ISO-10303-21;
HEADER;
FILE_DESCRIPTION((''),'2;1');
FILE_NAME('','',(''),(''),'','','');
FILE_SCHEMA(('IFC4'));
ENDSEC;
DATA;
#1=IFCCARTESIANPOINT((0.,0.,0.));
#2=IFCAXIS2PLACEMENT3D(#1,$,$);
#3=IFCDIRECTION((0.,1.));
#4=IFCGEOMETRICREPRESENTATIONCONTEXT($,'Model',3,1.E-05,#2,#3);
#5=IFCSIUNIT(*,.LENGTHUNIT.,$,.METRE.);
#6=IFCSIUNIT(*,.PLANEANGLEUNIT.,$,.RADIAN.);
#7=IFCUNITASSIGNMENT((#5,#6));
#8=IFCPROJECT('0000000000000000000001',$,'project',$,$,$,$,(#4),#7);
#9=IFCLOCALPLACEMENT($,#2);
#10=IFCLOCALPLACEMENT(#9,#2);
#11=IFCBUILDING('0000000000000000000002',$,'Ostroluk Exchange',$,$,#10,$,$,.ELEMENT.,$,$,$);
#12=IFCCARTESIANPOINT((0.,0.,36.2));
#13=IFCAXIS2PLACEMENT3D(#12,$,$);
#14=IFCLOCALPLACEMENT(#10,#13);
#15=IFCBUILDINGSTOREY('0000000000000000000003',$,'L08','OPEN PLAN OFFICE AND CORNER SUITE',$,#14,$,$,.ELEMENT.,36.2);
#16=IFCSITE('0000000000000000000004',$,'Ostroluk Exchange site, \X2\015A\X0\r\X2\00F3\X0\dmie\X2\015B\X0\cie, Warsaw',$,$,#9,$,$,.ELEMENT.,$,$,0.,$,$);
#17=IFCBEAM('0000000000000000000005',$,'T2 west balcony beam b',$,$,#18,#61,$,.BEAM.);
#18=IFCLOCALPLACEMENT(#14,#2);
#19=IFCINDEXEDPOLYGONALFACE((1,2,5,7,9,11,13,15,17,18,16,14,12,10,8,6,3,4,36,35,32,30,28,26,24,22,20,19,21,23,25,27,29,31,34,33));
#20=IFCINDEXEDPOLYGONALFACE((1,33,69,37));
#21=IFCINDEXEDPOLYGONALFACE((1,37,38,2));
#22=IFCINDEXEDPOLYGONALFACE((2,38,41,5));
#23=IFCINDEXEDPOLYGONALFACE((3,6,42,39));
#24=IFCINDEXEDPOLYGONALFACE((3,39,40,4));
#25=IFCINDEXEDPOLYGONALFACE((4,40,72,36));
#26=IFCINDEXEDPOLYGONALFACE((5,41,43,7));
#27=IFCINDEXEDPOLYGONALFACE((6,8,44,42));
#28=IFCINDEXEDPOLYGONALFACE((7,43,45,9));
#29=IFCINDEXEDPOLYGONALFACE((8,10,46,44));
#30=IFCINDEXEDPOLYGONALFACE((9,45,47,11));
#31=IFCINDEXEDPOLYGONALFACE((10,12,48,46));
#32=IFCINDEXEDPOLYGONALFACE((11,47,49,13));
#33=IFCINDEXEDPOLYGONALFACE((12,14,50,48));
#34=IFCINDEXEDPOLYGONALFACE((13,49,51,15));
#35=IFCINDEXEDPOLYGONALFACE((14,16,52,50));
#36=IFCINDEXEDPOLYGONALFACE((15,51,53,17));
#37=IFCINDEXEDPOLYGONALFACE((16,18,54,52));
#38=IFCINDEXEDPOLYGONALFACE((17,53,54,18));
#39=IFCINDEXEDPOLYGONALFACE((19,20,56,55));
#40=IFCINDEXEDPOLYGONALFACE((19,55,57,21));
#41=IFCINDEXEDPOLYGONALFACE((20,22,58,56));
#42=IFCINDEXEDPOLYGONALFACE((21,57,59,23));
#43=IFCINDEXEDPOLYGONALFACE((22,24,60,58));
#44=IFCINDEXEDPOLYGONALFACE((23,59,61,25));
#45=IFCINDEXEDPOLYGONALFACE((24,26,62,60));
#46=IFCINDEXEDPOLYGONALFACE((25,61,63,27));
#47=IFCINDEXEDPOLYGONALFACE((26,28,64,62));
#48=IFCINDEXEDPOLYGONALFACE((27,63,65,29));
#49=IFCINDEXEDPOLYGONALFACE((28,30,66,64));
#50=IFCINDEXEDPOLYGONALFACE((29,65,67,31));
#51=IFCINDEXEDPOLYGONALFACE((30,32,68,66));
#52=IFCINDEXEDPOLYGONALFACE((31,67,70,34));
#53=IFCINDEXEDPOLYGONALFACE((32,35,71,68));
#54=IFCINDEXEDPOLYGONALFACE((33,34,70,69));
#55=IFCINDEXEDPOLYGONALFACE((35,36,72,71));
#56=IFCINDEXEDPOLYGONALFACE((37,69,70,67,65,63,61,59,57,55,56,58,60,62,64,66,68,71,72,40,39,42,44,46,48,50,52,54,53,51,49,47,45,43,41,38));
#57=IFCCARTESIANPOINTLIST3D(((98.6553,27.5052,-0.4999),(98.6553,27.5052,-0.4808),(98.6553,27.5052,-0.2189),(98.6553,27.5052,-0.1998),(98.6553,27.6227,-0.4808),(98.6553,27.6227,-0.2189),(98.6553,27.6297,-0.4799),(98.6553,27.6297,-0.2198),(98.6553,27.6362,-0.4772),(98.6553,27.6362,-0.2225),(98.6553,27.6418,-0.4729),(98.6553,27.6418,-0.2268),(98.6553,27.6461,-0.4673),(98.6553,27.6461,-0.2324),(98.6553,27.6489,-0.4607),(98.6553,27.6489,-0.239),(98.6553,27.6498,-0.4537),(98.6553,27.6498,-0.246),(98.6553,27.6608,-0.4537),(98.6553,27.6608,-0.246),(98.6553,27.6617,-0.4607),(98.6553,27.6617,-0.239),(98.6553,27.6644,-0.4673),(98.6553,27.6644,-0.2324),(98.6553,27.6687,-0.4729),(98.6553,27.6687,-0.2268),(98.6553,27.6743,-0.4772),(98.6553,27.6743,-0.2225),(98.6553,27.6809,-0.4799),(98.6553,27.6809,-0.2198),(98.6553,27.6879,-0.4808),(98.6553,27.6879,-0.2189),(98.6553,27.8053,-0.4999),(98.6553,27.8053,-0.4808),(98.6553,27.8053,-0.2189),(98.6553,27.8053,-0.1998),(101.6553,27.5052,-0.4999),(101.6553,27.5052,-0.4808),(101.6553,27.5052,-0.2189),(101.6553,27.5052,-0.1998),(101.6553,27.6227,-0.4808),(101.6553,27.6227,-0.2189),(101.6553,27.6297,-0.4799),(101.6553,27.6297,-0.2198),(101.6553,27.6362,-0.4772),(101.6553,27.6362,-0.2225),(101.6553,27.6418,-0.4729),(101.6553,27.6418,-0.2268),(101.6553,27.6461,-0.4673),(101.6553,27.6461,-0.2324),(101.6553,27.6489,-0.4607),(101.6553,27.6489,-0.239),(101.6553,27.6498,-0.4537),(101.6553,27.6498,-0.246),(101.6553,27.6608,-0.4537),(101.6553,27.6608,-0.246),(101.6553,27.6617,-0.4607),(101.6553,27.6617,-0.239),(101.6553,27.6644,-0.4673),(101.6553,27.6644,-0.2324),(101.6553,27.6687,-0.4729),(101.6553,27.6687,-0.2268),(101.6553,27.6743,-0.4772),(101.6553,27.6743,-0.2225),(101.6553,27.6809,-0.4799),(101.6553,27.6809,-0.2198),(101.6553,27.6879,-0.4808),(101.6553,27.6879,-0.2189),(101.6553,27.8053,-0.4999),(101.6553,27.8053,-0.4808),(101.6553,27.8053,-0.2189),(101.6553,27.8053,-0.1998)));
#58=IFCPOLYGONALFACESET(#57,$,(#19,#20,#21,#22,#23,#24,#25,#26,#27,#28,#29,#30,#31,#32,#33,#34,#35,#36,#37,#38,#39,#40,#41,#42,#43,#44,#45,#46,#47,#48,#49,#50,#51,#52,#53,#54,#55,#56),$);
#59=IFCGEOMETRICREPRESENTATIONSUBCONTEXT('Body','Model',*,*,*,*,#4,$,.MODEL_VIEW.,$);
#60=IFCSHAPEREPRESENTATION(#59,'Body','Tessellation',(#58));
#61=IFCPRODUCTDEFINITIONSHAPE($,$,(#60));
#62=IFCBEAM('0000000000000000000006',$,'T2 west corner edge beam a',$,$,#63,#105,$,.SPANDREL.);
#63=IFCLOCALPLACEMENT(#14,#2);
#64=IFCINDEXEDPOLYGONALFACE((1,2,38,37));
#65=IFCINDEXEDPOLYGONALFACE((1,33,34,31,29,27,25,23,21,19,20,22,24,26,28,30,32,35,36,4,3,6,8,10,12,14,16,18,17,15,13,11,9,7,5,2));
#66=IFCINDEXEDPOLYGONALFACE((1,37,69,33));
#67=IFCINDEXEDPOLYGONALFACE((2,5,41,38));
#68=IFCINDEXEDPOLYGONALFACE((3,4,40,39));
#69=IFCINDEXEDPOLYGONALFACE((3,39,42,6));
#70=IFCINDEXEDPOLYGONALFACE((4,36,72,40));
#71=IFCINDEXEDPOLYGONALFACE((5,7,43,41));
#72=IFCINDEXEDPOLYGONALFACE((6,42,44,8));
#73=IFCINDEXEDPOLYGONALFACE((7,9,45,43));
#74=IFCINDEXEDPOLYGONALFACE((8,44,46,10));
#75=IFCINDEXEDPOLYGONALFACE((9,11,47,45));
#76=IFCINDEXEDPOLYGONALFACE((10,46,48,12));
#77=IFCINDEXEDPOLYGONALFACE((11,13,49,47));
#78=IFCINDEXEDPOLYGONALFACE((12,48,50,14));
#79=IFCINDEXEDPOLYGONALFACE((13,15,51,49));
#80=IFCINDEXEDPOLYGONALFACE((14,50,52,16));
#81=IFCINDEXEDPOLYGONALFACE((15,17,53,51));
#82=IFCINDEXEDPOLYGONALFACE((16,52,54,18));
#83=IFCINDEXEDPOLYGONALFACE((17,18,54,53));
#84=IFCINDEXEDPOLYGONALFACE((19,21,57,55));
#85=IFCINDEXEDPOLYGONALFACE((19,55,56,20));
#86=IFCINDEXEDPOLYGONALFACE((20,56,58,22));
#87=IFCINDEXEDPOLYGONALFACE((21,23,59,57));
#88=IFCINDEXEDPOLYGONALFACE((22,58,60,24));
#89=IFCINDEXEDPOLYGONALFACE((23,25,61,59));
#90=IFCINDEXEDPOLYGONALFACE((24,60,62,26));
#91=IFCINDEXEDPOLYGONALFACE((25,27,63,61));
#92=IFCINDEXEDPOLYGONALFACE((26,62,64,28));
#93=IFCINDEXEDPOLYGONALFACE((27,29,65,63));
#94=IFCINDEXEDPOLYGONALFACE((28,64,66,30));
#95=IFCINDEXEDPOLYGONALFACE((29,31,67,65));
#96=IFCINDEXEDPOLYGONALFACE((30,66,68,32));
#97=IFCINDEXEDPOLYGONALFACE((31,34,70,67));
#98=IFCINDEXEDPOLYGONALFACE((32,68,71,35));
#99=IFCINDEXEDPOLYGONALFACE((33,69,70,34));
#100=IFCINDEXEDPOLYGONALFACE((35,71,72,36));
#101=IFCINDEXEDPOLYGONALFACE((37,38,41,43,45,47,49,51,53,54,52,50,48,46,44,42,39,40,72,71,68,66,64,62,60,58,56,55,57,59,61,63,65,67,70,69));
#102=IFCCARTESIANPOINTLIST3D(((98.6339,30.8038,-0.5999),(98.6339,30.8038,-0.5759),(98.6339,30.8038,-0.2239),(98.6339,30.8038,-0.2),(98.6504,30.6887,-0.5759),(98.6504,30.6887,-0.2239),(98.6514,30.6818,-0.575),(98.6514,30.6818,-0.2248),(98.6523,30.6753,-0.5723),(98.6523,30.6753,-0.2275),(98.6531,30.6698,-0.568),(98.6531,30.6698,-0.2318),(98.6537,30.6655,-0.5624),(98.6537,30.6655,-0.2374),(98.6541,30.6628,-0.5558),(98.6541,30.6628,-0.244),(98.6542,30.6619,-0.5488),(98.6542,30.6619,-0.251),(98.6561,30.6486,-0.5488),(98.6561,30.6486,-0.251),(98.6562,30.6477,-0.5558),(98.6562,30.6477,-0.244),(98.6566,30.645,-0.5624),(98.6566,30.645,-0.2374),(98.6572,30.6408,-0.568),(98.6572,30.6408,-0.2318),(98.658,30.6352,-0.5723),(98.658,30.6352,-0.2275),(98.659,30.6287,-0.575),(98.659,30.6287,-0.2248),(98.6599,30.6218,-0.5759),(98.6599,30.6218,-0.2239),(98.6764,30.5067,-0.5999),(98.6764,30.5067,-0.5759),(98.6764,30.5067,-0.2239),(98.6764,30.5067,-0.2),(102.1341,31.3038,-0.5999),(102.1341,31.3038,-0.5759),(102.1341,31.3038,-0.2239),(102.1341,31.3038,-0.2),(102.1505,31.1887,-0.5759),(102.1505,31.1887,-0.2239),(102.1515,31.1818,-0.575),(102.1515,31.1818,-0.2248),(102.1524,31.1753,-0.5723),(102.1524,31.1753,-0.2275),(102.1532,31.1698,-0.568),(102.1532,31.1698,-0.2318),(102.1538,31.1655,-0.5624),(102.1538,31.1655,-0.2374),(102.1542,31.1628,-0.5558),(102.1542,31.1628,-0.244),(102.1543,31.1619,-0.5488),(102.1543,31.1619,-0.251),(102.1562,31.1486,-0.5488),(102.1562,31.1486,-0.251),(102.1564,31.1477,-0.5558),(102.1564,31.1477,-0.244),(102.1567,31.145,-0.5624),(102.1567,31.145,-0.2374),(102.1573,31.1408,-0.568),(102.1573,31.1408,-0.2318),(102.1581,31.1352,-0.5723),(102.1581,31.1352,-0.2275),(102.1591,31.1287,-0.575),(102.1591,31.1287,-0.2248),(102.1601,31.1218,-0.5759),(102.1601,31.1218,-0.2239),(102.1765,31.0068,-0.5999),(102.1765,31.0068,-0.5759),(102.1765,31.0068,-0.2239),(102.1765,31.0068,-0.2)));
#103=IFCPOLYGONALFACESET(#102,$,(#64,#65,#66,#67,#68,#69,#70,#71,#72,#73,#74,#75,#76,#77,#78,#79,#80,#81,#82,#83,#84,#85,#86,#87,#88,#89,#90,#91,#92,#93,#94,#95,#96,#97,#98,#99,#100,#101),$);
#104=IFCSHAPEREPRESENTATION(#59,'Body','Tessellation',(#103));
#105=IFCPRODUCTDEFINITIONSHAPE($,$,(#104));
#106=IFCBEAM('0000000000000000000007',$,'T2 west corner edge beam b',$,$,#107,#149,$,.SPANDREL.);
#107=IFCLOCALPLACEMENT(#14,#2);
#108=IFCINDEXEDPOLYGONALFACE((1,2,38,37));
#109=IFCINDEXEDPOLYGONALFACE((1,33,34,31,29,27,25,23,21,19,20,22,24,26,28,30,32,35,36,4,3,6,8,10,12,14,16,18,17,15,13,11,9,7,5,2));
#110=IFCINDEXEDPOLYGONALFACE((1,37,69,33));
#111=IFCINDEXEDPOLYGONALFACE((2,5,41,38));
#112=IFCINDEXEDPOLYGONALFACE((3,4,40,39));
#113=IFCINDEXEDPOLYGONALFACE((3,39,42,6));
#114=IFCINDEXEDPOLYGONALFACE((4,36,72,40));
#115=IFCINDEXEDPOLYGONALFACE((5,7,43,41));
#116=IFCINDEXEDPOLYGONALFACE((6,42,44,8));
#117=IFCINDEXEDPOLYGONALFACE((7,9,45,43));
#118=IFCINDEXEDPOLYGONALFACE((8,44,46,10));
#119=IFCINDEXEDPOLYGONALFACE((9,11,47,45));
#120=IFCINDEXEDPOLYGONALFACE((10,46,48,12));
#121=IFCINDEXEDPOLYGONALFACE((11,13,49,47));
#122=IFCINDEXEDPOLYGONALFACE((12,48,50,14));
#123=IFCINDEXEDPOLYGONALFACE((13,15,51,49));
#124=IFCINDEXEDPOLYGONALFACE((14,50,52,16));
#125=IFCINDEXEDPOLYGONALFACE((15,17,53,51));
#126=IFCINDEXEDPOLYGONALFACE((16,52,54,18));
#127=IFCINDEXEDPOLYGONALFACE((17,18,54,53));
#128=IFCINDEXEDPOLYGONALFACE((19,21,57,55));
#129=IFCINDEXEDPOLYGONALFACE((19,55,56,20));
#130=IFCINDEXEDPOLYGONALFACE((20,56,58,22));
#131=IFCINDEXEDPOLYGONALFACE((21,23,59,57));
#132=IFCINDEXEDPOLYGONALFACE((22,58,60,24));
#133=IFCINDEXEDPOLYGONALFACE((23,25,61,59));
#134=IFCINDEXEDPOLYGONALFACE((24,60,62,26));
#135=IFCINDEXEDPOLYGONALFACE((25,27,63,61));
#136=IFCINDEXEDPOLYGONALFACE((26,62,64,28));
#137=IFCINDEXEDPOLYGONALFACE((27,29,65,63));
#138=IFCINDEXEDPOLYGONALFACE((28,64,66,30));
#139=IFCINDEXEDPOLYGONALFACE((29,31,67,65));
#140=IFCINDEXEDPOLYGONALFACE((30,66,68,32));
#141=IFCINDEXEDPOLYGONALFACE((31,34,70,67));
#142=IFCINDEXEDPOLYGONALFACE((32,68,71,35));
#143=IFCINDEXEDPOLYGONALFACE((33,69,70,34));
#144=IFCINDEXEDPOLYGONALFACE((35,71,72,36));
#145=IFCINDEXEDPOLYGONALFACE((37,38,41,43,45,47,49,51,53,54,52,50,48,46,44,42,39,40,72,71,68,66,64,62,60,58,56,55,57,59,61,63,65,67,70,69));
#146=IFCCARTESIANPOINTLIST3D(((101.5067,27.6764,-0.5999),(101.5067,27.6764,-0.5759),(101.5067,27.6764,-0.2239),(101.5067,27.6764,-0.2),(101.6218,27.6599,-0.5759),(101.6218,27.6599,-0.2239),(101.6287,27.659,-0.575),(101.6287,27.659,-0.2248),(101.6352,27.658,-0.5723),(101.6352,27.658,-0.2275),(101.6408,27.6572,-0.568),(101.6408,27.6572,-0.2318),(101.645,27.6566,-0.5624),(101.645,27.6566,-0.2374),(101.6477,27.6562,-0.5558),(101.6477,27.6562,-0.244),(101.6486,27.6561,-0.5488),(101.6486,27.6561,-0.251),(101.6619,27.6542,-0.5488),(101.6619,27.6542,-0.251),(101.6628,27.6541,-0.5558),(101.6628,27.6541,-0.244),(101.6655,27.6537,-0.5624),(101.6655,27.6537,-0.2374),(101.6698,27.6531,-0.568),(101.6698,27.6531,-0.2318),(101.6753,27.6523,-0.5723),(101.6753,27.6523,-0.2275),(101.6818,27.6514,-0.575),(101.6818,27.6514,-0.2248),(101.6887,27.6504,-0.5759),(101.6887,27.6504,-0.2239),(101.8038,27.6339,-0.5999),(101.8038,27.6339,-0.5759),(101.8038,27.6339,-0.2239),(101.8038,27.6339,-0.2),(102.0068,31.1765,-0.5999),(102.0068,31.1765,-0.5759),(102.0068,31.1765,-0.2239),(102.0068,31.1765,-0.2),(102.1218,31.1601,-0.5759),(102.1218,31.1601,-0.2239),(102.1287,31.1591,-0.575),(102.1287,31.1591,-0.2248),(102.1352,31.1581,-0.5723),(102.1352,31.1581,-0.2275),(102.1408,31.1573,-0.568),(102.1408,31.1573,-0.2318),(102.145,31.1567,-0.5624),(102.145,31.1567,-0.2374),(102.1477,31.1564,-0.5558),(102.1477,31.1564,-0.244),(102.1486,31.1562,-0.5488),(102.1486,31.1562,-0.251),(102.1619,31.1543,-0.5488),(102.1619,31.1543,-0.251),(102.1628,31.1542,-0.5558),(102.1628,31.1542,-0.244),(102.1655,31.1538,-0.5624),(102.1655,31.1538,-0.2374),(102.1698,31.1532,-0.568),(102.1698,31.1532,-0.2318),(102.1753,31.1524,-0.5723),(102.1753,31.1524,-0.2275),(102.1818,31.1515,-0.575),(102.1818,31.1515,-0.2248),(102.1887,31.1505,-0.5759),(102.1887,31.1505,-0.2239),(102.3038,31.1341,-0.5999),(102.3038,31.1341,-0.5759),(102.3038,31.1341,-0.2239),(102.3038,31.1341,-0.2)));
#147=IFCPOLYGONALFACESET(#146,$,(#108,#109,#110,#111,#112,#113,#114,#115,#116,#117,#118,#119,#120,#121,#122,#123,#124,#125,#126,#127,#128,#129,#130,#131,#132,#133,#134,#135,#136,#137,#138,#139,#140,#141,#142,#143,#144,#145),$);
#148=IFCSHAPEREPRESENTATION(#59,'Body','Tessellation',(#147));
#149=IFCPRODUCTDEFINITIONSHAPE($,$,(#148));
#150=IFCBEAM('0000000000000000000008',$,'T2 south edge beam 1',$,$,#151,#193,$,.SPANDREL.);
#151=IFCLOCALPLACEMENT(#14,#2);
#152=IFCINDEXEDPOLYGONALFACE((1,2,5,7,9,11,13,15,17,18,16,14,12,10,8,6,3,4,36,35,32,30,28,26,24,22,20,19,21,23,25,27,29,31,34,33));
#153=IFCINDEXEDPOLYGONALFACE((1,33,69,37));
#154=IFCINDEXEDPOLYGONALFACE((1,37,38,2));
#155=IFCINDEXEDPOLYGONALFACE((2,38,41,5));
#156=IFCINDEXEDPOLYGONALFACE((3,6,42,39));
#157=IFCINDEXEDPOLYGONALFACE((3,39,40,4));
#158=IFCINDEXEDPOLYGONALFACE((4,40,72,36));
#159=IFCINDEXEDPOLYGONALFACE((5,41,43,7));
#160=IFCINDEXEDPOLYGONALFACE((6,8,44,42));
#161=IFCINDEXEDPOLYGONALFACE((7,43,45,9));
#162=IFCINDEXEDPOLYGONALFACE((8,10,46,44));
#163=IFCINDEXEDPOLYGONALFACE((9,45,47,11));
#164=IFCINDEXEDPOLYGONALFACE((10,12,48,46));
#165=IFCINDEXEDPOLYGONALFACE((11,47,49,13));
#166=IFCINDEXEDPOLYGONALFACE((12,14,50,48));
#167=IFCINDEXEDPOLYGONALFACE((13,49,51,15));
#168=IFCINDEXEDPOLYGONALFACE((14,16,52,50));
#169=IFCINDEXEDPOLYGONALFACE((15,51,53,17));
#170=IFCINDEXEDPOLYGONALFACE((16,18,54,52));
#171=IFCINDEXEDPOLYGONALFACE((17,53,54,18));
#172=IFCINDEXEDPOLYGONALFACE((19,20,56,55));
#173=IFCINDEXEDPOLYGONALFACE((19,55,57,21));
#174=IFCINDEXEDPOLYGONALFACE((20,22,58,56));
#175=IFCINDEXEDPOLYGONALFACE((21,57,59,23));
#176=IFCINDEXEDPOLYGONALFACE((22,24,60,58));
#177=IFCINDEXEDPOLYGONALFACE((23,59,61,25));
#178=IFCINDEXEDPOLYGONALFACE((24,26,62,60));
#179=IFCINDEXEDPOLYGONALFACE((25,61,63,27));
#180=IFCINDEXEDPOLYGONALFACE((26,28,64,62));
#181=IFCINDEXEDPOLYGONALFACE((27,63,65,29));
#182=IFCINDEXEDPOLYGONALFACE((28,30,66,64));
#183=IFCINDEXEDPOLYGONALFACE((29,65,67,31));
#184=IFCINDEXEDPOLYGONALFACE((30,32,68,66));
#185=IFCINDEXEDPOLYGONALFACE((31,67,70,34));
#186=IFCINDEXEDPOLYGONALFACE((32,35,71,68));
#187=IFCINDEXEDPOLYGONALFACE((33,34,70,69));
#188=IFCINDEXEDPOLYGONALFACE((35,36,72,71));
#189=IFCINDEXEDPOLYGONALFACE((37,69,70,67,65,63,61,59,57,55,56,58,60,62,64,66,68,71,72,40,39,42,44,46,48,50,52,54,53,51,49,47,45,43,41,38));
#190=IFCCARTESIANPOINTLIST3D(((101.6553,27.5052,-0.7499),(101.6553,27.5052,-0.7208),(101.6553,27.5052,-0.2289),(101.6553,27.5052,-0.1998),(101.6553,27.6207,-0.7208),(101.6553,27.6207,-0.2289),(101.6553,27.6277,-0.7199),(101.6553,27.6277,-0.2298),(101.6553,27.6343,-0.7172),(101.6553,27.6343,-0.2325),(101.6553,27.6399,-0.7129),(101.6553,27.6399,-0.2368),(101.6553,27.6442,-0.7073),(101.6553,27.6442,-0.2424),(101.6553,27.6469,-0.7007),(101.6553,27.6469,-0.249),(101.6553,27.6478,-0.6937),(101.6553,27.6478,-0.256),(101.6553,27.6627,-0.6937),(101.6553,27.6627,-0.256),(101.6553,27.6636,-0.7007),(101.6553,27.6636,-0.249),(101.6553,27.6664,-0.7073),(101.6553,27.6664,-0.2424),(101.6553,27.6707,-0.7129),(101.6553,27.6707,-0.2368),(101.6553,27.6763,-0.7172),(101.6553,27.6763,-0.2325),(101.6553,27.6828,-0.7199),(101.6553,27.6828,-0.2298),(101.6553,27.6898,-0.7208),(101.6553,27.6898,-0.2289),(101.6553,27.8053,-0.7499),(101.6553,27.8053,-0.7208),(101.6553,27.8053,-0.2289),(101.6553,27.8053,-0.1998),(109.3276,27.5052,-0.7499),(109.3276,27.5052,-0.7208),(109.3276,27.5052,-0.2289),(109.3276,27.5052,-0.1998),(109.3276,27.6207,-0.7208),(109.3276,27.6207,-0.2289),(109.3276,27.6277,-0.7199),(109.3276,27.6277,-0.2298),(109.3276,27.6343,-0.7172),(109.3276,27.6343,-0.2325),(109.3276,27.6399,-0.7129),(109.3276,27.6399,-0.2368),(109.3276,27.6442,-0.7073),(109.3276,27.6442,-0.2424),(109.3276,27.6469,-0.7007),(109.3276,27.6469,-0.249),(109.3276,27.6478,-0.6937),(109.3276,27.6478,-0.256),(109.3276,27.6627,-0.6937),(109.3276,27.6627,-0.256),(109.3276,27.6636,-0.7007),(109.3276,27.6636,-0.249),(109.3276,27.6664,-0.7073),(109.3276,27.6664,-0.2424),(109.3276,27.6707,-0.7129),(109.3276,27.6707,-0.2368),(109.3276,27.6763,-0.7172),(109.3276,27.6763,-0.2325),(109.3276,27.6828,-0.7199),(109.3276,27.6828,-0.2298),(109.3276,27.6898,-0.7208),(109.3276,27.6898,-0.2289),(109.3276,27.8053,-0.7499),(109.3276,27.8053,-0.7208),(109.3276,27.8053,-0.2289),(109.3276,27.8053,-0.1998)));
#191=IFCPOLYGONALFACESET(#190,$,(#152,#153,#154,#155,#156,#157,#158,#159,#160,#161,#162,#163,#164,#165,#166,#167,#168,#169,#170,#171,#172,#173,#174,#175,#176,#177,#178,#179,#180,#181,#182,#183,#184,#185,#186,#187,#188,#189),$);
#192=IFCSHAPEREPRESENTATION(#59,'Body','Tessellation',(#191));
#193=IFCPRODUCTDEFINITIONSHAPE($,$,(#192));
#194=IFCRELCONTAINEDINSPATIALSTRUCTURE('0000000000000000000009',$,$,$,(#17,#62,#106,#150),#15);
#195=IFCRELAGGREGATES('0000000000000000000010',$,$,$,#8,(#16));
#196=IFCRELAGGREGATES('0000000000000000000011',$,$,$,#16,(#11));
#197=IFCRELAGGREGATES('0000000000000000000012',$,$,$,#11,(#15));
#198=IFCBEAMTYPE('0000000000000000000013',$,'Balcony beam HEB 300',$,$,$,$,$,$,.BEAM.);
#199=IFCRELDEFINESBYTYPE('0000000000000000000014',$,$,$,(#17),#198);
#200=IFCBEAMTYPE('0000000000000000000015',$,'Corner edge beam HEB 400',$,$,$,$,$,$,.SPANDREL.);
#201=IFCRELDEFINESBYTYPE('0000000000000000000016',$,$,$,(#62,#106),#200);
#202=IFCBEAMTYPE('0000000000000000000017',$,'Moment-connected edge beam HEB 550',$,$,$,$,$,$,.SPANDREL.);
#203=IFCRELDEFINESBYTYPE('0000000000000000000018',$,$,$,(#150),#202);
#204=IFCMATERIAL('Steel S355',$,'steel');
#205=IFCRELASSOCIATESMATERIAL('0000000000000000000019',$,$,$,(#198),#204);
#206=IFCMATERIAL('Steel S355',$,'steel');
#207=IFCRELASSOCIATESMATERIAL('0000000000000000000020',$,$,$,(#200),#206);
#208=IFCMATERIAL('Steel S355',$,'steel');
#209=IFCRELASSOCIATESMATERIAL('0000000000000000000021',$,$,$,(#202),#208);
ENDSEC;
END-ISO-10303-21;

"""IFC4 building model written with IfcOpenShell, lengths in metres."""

from ifc_helpers import new_model, si_unit, direction, frame, origin, origin_2d, place, context, subcontext, project, spatial, i_section, extrude, material, material_profile, profile_set, type_object, element, save


model = new_model("IFC4")

# Units and contexts
model_context = context("Model", 3, precision=1e-05, world=origin(), true_north=direction((0.0, 1.0)))
body_context = subcontext(model_context, "Body", "Model", "MODEL_VIEW")
ifc_project = project(units=[si_unit("LENGTHUNIT", "METRE"), si_unit("PLANEANGLEUNIT", "RADIAN")], contexts=[model_context])

# Site, building, storey
site_placement = place(None, origin())
site = spatial("IfcSite", under=ifc_project, at=site_placement, Name="Ostroluk Exchange site, Śródmieście, Warsaw", CompositionType="ELEMENT", RefElevation=0.0)
building_placement = place(site_placement, origin())
building = spatial("IfcBuilding", under=site, at=building_placement, Name="Ostroluk Exchange", CompositionType="ELEMENT")
storey_placement = place(building_placement, frame((0.0, 0.0, 36.2)))
storey = spatial("IfcBuildingStorey", under=building, at=storey_placement, Name="L08", Description="OPEN PLAN OFFICE AND CORNER SUITE", CompositionType="ELEMENT", Elevation=36.2)

# Beams
ifc_material_1 = material(Name="Steel S355", Category="steel")
ifc_material_profile_1 = material_profile(ifc_material_1, i_section(OverallWidth=0.3, OverallDepth=0.3, WebThickness=0.011, FlangeThickness=0.019, FilletRadius=0.0271, at=origin_2d()), Name="HEB 300")
ifc_profile_set_1 = profile_set([ifc_material_profile_1], Name="Steel S355")
beam_type_1 = type_object("IfcBeamType", Name="Balcony beam HEB 300", PredefinedType="BEAM", material=ifc_profile_set_1)
beam_placement = place(storey_placement, frame((101.6553, 27.6553, -0.3499), z_axis=(-1.0, 0.0, 0.0), x_axis=(0.0, -1.0, 0.0)))
element("IfcBeam", 1, at=beam_placement, inside=storey, type_object=beam_type_1, Name="T2 west balcony beam b", PredefinedType="BEAM", context=body_context, shape_type="SweptSolid", body=[
    extrude(i_section(OverallWidth=0.3, OverallDepth=0.3, WebThickness=0.011, FlangeThickness=0.019, FilletRadius=0.0271, at=origin_2d()), origin(), (0.0, 0.0, 1.0), 3.0),
])
ifc_material_2 = material(Name="Steel S355", Category="steel")
ifc_material_profile_2 = material_profile(ifc_material_2, i_section(OverallWidth=0.3, OverallDepth=0.3999, WebThickness=0.0134, FlangeThickness=0.0239, FilletRadius=0.0271, at=origin_2d()), Name="HEB 400")
ifc_profile_set_2 = profile_set([ifc_material_profile_2], Name="Steel S355")
beam_type_2 = type_object("IfcBeamType", Name="Corner edge beam HEB 400", PredefinedType="SPANDREL", material=ifc_profile_set_2)
for number, where, z_axis, x_axis, name in (
    (2, (102.1553, 31.1553, -0.3999), (-0.989949, -0.141421, 0.0), (0.141421, -0.989949, 0.0), "T2 west corner edge beam a"),
    (3, (102.1553, 31.1553, -0.3999), (-0.141421, -0.989949, 0.0), (0.989949, -0.141421, 0.0), "T2 west corner edge beam b"),
):
    element("IfcBeam", number, at=place(storey_placement, frame(where, z_axis=z_axis, x_axis=x_axis)), inside=storey, type_object=beam_type_2, Name=name, PredefinedType="SPANDREL", context=body_context, shape_type="SweptSolid", body=[
        extrude(i_section(OverallWidth=0.3, OverallDepth=0.3999, WebThickness=0.0134, FlangeThickness=0.0239, FilletRadius=0.0271, at=origin_2d()), origin(), (0.0, 0.0, 1.0), 3.5356),
    ])
ifc_material_3 = material(Name="Steel S355", Category="steel")
ifc_material_profile_3 = material_profile(ifc_material_3, i_section(OverallWidth=0.3, OverallDepth=0.55, WebThickness=0.0149, FlangeThickness=0.0291, FilletRadius=0.0271, at=origin_2d()), Name="HEB 550")
ifc_profile_set_3 = profile_set([ifc_material_profile_3], Name="Steel S355")
beam_type_3 = type_object("IfcBeamType", Name="Moment-connected edge beam HEB 550", PredefinedType="SPANDREL", material=ifc_profile_set_3)
for number, where, z_axis, x_axis, name in (
    (4, (101.6553, 27.6553, -0.4749), (1.0, 0.0, 0.0), (0.0, 1.0, 0.0), "T2 south edge beam 1"),
):
    element("IfcBeam", number, at=place(storey_placement, frame(where, z_axis=z_axis, x_axis=x_axis)), inside=storey, type_object=beam_type_3, Name=name, PredefinedType="SPANDREL", context=body_context, shape_type="SweptSolid", body=[
        extrude(i_section(OverallWidth=0.3, OverallDepth=0.55, WebThickness=0.0149, FlangeThickness=0.0291, FilletRadius=0.0271, at=origin_2d()), origin(), (0.0, 0.0, 1.0), 7.6724),
    ])

save(model, "model.ifc")
